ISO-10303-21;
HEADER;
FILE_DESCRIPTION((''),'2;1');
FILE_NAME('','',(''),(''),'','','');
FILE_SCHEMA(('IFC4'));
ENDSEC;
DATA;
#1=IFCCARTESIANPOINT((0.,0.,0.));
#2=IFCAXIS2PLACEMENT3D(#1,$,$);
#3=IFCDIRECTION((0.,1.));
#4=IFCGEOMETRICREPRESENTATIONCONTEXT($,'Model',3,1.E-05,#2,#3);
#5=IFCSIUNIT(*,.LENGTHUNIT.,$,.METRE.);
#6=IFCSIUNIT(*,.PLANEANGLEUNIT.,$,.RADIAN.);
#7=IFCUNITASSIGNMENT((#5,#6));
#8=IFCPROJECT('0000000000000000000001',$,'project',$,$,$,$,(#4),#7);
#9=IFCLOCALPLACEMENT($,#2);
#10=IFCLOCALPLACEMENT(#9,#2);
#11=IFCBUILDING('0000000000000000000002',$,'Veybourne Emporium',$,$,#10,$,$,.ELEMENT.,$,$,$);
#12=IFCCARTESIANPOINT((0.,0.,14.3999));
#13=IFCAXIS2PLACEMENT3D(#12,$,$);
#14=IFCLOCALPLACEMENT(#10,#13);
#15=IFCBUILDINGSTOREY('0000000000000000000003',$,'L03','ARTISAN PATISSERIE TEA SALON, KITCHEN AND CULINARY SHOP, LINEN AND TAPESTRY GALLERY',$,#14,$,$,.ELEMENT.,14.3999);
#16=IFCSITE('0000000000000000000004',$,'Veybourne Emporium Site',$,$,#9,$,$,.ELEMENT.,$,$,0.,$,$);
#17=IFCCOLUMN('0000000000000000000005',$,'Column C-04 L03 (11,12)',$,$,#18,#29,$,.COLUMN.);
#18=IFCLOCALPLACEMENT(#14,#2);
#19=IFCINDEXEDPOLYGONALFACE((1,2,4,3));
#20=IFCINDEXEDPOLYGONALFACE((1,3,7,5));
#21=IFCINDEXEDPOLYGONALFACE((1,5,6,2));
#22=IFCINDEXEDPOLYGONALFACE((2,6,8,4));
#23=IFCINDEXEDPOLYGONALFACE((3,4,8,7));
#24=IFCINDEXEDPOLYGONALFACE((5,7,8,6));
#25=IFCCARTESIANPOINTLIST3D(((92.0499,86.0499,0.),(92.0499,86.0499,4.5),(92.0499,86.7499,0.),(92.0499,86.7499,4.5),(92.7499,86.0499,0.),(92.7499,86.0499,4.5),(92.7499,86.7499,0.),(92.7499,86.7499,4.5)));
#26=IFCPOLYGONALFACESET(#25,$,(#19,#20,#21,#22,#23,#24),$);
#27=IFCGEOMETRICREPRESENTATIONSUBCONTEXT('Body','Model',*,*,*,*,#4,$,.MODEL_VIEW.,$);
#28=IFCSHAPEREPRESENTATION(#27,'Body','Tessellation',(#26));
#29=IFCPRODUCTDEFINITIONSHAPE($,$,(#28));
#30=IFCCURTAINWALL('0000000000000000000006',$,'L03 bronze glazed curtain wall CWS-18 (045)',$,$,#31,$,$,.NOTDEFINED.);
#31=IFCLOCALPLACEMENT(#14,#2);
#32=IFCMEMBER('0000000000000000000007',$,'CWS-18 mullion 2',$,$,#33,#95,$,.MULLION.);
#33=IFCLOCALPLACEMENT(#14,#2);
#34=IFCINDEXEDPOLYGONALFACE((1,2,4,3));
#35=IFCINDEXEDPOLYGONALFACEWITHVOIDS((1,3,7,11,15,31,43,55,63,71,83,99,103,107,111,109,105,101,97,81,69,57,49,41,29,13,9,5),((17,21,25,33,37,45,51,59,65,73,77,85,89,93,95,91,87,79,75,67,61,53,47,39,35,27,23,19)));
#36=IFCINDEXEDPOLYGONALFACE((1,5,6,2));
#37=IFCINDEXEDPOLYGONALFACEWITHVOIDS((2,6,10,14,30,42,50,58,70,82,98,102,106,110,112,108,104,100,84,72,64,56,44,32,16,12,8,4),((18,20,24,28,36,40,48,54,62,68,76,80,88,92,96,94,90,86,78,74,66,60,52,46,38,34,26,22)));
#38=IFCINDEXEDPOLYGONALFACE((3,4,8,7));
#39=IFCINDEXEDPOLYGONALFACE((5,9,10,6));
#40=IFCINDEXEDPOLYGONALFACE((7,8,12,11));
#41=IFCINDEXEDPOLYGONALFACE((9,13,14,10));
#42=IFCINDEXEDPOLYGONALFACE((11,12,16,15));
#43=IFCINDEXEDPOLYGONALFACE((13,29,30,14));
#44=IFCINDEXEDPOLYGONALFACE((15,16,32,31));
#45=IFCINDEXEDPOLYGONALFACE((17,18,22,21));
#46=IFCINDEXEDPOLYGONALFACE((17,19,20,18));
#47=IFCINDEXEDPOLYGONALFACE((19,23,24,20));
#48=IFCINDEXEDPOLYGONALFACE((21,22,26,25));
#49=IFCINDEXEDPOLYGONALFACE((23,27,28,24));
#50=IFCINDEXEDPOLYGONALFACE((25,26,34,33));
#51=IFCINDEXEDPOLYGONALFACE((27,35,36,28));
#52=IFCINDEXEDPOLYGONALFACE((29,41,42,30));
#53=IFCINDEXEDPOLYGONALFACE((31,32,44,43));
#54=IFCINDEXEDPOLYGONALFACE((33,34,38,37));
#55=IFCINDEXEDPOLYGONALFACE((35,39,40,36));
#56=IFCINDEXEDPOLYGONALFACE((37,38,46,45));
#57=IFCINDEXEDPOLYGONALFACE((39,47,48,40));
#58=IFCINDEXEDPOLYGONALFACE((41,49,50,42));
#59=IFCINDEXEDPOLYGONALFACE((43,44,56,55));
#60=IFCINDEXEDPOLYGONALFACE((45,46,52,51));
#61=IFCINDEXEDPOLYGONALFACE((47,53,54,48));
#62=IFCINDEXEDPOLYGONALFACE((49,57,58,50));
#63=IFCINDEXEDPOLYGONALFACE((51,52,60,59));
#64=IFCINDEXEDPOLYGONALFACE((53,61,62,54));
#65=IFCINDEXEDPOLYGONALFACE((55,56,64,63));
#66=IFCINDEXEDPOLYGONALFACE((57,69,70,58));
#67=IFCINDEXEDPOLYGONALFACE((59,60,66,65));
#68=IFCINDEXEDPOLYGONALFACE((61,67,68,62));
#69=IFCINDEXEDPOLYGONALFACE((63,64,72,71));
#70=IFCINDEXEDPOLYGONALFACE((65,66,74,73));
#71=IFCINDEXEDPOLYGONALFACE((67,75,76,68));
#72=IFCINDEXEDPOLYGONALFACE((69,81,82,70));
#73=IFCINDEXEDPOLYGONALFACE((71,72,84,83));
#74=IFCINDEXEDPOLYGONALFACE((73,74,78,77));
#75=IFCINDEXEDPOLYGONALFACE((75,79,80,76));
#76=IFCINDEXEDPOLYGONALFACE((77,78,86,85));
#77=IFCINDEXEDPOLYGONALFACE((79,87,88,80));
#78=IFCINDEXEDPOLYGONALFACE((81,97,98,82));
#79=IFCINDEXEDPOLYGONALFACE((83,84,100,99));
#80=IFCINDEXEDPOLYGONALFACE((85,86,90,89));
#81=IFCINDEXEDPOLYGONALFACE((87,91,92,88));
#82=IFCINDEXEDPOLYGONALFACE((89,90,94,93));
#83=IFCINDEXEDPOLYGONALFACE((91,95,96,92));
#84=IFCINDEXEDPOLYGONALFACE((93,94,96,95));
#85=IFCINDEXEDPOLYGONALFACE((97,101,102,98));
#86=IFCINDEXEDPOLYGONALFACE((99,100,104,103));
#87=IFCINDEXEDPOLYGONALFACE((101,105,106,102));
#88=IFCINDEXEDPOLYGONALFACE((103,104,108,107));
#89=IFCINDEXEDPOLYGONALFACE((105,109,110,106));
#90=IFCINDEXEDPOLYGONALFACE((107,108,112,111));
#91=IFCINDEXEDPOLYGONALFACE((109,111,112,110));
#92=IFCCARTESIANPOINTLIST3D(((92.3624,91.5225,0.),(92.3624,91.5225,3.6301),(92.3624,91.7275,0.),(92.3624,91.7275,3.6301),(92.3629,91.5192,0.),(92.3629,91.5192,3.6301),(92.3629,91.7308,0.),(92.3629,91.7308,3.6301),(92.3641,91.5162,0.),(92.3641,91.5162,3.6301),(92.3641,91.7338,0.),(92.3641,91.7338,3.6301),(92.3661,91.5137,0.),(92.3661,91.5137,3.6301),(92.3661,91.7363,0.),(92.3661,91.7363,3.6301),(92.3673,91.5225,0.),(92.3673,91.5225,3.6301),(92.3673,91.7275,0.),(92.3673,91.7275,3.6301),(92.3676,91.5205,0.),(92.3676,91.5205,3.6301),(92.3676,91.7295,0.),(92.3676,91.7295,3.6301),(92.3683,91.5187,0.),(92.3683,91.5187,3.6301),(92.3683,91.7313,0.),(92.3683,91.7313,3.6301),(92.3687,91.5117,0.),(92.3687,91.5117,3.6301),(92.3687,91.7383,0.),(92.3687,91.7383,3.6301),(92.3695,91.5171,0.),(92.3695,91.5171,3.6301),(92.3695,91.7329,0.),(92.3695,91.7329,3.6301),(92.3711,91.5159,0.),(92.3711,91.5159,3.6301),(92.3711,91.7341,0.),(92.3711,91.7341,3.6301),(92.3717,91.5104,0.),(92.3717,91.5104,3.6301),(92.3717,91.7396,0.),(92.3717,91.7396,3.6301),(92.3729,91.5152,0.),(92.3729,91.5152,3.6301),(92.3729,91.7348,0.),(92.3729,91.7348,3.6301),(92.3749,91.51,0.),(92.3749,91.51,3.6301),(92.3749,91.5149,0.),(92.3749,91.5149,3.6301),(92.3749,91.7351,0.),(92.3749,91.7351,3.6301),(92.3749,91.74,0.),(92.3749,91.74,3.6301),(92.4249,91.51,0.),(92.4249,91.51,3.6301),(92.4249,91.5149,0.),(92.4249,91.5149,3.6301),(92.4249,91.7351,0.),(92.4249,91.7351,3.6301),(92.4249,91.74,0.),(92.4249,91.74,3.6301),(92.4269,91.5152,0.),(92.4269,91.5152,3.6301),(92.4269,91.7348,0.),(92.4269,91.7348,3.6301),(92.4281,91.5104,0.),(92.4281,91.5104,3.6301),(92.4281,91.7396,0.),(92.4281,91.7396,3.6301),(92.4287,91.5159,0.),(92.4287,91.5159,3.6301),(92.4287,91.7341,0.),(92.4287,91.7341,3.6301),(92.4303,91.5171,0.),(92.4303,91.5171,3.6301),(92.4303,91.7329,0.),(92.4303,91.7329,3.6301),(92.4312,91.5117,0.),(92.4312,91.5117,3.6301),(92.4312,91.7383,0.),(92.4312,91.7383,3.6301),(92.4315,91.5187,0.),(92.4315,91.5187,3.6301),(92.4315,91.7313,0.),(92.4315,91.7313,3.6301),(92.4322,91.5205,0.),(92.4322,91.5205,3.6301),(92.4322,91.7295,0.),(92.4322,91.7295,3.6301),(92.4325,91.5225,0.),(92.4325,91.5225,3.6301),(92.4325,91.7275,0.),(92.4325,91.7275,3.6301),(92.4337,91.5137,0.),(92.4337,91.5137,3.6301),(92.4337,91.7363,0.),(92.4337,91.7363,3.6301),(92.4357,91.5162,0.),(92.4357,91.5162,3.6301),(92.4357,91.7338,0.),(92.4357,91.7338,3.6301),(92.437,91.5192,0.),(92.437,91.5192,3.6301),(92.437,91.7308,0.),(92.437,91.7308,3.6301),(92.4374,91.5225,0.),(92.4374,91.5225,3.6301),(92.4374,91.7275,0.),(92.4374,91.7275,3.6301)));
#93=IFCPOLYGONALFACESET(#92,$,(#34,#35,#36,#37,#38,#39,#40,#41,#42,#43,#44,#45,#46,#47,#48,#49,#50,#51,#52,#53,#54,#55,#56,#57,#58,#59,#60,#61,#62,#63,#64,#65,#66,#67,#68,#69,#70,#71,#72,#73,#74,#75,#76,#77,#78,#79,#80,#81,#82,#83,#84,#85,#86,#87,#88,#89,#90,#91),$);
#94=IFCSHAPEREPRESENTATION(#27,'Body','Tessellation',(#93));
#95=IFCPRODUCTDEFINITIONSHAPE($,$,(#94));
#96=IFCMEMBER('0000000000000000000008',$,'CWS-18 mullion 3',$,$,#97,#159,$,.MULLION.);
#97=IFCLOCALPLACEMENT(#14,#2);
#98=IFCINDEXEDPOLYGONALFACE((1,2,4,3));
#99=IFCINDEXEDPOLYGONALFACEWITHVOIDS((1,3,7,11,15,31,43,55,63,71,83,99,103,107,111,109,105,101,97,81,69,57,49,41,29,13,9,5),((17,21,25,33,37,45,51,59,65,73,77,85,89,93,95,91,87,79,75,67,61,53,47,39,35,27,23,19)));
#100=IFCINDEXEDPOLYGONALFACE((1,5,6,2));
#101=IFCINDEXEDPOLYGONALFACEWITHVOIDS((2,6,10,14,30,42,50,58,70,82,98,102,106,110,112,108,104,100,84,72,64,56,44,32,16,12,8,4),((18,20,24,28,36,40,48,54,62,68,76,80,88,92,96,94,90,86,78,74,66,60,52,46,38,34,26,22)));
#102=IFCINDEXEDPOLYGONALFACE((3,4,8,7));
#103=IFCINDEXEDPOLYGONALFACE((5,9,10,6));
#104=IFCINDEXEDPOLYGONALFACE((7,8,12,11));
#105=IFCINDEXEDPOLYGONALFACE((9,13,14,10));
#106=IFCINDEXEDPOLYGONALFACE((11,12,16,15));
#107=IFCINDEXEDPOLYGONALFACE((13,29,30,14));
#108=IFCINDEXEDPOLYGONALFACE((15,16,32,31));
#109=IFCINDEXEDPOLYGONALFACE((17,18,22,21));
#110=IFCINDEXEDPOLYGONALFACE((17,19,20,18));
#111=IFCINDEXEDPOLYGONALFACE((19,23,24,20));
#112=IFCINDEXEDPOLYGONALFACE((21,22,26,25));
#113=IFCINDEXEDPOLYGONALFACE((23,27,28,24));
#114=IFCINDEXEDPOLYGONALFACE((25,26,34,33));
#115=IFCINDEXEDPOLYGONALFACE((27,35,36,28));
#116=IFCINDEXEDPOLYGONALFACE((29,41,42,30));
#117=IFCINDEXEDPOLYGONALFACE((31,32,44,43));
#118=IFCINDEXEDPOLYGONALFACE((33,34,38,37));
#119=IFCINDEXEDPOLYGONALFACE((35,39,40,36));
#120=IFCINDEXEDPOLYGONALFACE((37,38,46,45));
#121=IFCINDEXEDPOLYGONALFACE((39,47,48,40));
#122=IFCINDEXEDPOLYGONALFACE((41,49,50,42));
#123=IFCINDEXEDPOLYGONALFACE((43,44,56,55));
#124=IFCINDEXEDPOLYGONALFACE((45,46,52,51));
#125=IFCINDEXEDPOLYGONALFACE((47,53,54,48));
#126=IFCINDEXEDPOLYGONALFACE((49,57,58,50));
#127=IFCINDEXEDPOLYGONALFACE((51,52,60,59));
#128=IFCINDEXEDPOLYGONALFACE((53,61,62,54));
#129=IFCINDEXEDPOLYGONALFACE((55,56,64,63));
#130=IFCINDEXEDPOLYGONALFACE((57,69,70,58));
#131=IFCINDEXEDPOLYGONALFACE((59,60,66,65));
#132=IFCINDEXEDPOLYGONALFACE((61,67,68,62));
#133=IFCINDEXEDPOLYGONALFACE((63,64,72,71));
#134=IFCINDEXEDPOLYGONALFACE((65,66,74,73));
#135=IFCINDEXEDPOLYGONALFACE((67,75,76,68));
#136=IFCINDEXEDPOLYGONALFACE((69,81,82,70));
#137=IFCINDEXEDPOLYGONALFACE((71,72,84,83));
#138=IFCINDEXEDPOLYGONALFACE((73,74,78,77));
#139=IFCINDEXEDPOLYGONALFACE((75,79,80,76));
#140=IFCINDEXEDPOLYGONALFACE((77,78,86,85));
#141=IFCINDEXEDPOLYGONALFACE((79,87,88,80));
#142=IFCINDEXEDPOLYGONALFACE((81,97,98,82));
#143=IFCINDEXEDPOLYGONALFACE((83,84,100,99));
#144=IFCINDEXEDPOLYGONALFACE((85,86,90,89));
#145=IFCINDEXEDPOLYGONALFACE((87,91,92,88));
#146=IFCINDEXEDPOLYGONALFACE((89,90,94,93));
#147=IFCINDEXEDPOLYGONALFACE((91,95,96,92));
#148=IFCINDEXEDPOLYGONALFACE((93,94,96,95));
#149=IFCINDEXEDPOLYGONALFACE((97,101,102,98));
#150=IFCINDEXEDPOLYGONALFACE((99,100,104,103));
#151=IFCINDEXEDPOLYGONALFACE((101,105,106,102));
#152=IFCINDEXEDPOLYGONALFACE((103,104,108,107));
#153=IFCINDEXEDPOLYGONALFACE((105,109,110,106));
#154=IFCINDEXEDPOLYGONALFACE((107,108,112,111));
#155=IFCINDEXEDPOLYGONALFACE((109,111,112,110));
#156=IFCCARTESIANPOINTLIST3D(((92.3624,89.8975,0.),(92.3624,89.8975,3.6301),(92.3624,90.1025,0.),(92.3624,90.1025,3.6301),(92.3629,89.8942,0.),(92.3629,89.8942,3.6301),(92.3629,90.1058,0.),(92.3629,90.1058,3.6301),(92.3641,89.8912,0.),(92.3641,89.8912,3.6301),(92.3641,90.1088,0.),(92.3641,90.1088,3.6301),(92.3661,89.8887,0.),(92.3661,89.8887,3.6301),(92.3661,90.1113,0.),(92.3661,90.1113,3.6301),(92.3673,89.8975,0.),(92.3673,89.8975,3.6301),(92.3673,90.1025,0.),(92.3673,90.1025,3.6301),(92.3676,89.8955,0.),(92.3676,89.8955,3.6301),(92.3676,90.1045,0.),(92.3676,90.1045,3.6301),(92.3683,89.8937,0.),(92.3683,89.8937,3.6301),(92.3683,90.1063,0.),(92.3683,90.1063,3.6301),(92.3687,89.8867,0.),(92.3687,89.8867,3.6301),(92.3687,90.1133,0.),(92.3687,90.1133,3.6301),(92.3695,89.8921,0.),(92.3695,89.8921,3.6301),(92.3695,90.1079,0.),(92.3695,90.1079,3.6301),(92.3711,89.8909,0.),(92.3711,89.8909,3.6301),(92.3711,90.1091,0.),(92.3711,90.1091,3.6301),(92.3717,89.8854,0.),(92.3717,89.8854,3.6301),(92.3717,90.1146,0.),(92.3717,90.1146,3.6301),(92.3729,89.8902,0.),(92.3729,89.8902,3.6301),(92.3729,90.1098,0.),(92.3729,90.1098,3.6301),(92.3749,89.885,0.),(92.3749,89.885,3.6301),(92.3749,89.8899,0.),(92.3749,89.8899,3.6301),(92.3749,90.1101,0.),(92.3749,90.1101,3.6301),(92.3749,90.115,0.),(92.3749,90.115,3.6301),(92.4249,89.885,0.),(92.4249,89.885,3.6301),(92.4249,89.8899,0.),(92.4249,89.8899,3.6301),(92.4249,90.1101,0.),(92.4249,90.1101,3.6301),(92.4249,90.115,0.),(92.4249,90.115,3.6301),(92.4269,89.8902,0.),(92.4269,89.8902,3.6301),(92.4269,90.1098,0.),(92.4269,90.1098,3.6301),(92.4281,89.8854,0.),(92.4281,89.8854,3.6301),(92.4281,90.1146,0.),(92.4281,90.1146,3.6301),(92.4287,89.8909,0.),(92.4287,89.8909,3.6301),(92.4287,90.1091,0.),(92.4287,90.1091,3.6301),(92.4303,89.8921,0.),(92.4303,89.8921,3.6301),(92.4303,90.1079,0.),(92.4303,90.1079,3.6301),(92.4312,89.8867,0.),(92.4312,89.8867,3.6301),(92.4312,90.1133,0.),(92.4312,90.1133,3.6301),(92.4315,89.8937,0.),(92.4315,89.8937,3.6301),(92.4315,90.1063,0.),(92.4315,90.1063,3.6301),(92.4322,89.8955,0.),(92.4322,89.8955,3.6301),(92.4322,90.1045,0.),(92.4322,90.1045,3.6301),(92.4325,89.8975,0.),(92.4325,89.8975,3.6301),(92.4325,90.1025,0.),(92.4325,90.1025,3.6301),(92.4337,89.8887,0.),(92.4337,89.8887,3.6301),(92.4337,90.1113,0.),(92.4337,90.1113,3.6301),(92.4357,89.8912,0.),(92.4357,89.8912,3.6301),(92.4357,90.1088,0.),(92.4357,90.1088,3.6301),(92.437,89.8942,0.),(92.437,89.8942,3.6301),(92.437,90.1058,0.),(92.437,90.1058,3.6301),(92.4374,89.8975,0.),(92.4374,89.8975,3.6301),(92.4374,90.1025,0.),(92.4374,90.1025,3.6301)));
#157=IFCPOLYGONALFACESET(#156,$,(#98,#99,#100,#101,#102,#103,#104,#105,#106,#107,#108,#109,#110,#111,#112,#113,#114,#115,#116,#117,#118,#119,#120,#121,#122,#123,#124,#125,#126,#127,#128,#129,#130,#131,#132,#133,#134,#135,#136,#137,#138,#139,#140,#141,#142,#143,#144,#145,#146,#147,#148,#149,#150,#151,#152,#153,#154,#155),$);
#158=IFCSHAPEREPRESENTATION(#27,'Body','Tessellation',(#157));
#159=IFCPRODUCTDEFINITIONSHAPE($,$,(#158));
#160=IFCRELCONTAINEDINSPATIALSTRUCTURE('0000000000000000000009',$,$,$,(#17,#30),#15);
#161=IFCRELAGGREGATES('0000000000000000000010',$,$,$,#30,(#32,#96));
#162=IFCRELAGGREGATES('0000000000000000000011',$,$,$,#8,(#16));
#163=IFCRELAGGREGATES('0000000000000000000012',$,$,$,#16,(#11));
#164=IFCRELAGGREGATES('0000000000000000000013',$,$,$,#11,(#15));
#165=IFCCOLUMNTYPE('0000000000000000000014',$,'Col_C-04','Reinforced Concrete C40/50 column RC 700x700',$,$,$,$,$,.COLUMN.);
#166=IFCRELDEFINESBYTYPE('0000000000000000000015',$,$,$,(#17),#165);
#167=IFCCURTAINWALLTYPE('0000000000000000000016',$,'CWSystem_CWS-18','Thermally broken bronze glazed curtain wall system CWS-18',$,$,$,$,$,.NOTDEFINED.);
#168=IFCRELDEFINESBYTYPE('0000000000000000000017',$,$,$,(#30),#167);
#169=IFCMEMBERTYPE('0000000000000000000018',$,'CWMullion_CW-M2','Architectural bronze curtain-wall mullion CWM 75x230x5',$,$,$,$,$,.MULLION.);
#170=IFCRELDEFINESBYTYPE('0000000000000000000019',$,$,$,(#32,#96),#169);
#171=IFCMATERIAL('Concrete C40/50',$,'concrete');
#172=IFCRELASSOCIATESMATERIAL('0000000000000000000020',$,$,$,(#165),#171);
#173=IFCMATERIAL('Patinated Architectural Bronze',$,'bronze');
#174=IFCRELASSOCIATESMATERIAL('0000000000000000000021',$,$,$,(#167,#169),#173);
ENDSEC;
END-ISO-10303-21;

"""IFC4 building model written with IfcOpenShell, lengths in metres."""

from ifc_helpers import new_model, si_unit, direction, frame, origin, origin_2d, place, context, subcontext, project, spatial, rectangle, hollow_rectangle, extrude, material, material_profile, profile_set, type_object, element, aggregate, save


model = new_model("IFC4")

# Units and contexts
model_context = context("Model", 3, precision=1e-05, world=origin(), true_north=direction((0.0, 1.0)))
body_context = subcontext(model_context, "Body", "Model", "MODEL_VIEW")
ifc_project = project(units=[si_unit("LENGTHUNIT", "METRE"), si_unit("PLANEANGLEUNIT", "RADIAN")], contexts=[model_context])

# Site, building, storey
site_placement = place(None, origin())
site = spatial("IfcSite", under=ifc_project, at=site_placement, Name="Veybourne Emporium Site", CompositionType="ELEMENT", RefElevation=0.0)
building_placement = place(site_placement, origin())
building = spatial("IfcBuilding", under=site, at=building_placement, Name="Veybourne Emporium", CompositionType="ELEMENT")
storey_placement = place(building_placement, frame((0.0, 0.0, 14.3999)))
storey = spatial("IfcBuildingStorey", under=building, at=storey_placement, Name="L03", Description="ARTISAN PATISSERIE TEA SALON, KITCHEN AND CULINARY SHOP, LINEN AND TAPESTRY GALLERY", CompositionType="ELEMENT", Elevation=14.3999)

# Column
ifc_material_1 = material(Name="Concrete C40/50", Category="concrete")
ifc_material_profile_1 = material_profile(ifc_material_1, rectangle(XDim=0.7, YDim=0.7, at=origin_2d()), Name="RC 700x700")
ifc_profile_set_1 = profile_set([ifc_material_profile_1], Name="Concrete C40/50")
column_type = type_object("IfcColumnType", Name="Col_C-04", Description="Reinforced Concrete C40/50 column RC 700x700", PredefinedType="COLUMN", material=ifc_profile_set_1)
column_placement = place(storey_placement, frame((92.3999, 86.3999, 0.0), z_axis=(0.0, 0.0, 1.0), x_axis=(1.0, 0.0, 0.0)))
element("IfcColumn", 1, at=column_placement, inside=storey, type_object=column_type, Name="Column C-04 L03 (11,12)", PredefinedType="COLUMN", context=body_context, shape_type="SweptSolid", body=[
    extrude(rectangle(XDim=0.7, YDim=0.7, at=origin_2d()), origin(), (0.0, 0.0, 1.0), 4.5),
])

# Curtain wall, members
ifc_material_2 = material(Name="Patinated Architectural Bronze", Category="bronze")
curtain_wall_type = type_object("IfcCurtainWallType", Name="CWSystem_CWS-18", Description="Thermally broken bronze glazed curtain wall system CWS-18", PredefinedType="NOTDEFINED", material=ifc_material_2)
curtain_wall_placement = place(storey_placement, origin())
curtain_wall = element("IfcCurtainWall", 2, at=curtain_wall_placement, inside=storey, type_object=curtain_wall_type, Name="L03 bronze glazed curtain wall CWS-18 (045)", PredefinedType="NOTDEFINED")
ifc_material_profile_2 = material_profile(ifc_material_2, hollow_rectangle(XDim=0.075, YDim=0.23, WallThickness=0.0049, InnerFilletRadius=0.0076, OuterFilletRadius=0.0125, at=origin_2d()), Name="CWM 75x230x5")
ifc_profile_set_2 = profile_set([ifc_material_profile_2], Name="Patinated Architectural Bronze")
member_type_1 = type_object("IfcMemberType", Name="CWMullion_CW-M2", Description="Architectural bronze curtain-wall mullion CWM 75x230x5", PredefinedType="MULLION", material=ifc_profile_set_2)
member_1_placement = place(storey_placement, frame((92.3999, 91.625, 0.0), z_axis=(0.0, 0.0, 1.0), x_axis=(1.0, 0.0, 0.0)))
member_1 = element("IfcMember", 3, at=member_1_placement, type_object=member_type_1, Name="CWS-18 mullion 2", PredefinedType="MULLION", context=body_context, shape_type="SweptSolid", body=[
    extrude(hollow_rectangle(XDim=0.075, YDim=0.23, WallThickness=0.0049, InnerFilletRadius=0.0076, OuterFilletRadius=0.0125, at=origin_2d()), origin(), (0.0, 0.0, 1.0), 3.6301),
])
member_2_placement = place(storey_placement, frame((92.3999, 90.0, 0.0), z_axis=(0.0, 0.0, 1.0), x_axis=(1.0, 0.0, 0.0)))
member_2 = element("IfcMember", 4, at=member_2_placement, type_object=member_type_1, Name="CWS-18 mullion 3", PredefinedType="MULLION", context=body_context, shape_type="SweptSolid", body=[
    extrude(hollow_rectangle(XDim=0.075, YDim=0.23, WallThickness=0.0049, InnerFilletRadius=0.0076, OuterFilletRadius=0.0125, at=origin_2d()), origin(), (0.0, 0.0, 1.0), 3.6301),
])

aggregate(curtain_wall, [member_1, member_2])

save(model, "model.ifc")
